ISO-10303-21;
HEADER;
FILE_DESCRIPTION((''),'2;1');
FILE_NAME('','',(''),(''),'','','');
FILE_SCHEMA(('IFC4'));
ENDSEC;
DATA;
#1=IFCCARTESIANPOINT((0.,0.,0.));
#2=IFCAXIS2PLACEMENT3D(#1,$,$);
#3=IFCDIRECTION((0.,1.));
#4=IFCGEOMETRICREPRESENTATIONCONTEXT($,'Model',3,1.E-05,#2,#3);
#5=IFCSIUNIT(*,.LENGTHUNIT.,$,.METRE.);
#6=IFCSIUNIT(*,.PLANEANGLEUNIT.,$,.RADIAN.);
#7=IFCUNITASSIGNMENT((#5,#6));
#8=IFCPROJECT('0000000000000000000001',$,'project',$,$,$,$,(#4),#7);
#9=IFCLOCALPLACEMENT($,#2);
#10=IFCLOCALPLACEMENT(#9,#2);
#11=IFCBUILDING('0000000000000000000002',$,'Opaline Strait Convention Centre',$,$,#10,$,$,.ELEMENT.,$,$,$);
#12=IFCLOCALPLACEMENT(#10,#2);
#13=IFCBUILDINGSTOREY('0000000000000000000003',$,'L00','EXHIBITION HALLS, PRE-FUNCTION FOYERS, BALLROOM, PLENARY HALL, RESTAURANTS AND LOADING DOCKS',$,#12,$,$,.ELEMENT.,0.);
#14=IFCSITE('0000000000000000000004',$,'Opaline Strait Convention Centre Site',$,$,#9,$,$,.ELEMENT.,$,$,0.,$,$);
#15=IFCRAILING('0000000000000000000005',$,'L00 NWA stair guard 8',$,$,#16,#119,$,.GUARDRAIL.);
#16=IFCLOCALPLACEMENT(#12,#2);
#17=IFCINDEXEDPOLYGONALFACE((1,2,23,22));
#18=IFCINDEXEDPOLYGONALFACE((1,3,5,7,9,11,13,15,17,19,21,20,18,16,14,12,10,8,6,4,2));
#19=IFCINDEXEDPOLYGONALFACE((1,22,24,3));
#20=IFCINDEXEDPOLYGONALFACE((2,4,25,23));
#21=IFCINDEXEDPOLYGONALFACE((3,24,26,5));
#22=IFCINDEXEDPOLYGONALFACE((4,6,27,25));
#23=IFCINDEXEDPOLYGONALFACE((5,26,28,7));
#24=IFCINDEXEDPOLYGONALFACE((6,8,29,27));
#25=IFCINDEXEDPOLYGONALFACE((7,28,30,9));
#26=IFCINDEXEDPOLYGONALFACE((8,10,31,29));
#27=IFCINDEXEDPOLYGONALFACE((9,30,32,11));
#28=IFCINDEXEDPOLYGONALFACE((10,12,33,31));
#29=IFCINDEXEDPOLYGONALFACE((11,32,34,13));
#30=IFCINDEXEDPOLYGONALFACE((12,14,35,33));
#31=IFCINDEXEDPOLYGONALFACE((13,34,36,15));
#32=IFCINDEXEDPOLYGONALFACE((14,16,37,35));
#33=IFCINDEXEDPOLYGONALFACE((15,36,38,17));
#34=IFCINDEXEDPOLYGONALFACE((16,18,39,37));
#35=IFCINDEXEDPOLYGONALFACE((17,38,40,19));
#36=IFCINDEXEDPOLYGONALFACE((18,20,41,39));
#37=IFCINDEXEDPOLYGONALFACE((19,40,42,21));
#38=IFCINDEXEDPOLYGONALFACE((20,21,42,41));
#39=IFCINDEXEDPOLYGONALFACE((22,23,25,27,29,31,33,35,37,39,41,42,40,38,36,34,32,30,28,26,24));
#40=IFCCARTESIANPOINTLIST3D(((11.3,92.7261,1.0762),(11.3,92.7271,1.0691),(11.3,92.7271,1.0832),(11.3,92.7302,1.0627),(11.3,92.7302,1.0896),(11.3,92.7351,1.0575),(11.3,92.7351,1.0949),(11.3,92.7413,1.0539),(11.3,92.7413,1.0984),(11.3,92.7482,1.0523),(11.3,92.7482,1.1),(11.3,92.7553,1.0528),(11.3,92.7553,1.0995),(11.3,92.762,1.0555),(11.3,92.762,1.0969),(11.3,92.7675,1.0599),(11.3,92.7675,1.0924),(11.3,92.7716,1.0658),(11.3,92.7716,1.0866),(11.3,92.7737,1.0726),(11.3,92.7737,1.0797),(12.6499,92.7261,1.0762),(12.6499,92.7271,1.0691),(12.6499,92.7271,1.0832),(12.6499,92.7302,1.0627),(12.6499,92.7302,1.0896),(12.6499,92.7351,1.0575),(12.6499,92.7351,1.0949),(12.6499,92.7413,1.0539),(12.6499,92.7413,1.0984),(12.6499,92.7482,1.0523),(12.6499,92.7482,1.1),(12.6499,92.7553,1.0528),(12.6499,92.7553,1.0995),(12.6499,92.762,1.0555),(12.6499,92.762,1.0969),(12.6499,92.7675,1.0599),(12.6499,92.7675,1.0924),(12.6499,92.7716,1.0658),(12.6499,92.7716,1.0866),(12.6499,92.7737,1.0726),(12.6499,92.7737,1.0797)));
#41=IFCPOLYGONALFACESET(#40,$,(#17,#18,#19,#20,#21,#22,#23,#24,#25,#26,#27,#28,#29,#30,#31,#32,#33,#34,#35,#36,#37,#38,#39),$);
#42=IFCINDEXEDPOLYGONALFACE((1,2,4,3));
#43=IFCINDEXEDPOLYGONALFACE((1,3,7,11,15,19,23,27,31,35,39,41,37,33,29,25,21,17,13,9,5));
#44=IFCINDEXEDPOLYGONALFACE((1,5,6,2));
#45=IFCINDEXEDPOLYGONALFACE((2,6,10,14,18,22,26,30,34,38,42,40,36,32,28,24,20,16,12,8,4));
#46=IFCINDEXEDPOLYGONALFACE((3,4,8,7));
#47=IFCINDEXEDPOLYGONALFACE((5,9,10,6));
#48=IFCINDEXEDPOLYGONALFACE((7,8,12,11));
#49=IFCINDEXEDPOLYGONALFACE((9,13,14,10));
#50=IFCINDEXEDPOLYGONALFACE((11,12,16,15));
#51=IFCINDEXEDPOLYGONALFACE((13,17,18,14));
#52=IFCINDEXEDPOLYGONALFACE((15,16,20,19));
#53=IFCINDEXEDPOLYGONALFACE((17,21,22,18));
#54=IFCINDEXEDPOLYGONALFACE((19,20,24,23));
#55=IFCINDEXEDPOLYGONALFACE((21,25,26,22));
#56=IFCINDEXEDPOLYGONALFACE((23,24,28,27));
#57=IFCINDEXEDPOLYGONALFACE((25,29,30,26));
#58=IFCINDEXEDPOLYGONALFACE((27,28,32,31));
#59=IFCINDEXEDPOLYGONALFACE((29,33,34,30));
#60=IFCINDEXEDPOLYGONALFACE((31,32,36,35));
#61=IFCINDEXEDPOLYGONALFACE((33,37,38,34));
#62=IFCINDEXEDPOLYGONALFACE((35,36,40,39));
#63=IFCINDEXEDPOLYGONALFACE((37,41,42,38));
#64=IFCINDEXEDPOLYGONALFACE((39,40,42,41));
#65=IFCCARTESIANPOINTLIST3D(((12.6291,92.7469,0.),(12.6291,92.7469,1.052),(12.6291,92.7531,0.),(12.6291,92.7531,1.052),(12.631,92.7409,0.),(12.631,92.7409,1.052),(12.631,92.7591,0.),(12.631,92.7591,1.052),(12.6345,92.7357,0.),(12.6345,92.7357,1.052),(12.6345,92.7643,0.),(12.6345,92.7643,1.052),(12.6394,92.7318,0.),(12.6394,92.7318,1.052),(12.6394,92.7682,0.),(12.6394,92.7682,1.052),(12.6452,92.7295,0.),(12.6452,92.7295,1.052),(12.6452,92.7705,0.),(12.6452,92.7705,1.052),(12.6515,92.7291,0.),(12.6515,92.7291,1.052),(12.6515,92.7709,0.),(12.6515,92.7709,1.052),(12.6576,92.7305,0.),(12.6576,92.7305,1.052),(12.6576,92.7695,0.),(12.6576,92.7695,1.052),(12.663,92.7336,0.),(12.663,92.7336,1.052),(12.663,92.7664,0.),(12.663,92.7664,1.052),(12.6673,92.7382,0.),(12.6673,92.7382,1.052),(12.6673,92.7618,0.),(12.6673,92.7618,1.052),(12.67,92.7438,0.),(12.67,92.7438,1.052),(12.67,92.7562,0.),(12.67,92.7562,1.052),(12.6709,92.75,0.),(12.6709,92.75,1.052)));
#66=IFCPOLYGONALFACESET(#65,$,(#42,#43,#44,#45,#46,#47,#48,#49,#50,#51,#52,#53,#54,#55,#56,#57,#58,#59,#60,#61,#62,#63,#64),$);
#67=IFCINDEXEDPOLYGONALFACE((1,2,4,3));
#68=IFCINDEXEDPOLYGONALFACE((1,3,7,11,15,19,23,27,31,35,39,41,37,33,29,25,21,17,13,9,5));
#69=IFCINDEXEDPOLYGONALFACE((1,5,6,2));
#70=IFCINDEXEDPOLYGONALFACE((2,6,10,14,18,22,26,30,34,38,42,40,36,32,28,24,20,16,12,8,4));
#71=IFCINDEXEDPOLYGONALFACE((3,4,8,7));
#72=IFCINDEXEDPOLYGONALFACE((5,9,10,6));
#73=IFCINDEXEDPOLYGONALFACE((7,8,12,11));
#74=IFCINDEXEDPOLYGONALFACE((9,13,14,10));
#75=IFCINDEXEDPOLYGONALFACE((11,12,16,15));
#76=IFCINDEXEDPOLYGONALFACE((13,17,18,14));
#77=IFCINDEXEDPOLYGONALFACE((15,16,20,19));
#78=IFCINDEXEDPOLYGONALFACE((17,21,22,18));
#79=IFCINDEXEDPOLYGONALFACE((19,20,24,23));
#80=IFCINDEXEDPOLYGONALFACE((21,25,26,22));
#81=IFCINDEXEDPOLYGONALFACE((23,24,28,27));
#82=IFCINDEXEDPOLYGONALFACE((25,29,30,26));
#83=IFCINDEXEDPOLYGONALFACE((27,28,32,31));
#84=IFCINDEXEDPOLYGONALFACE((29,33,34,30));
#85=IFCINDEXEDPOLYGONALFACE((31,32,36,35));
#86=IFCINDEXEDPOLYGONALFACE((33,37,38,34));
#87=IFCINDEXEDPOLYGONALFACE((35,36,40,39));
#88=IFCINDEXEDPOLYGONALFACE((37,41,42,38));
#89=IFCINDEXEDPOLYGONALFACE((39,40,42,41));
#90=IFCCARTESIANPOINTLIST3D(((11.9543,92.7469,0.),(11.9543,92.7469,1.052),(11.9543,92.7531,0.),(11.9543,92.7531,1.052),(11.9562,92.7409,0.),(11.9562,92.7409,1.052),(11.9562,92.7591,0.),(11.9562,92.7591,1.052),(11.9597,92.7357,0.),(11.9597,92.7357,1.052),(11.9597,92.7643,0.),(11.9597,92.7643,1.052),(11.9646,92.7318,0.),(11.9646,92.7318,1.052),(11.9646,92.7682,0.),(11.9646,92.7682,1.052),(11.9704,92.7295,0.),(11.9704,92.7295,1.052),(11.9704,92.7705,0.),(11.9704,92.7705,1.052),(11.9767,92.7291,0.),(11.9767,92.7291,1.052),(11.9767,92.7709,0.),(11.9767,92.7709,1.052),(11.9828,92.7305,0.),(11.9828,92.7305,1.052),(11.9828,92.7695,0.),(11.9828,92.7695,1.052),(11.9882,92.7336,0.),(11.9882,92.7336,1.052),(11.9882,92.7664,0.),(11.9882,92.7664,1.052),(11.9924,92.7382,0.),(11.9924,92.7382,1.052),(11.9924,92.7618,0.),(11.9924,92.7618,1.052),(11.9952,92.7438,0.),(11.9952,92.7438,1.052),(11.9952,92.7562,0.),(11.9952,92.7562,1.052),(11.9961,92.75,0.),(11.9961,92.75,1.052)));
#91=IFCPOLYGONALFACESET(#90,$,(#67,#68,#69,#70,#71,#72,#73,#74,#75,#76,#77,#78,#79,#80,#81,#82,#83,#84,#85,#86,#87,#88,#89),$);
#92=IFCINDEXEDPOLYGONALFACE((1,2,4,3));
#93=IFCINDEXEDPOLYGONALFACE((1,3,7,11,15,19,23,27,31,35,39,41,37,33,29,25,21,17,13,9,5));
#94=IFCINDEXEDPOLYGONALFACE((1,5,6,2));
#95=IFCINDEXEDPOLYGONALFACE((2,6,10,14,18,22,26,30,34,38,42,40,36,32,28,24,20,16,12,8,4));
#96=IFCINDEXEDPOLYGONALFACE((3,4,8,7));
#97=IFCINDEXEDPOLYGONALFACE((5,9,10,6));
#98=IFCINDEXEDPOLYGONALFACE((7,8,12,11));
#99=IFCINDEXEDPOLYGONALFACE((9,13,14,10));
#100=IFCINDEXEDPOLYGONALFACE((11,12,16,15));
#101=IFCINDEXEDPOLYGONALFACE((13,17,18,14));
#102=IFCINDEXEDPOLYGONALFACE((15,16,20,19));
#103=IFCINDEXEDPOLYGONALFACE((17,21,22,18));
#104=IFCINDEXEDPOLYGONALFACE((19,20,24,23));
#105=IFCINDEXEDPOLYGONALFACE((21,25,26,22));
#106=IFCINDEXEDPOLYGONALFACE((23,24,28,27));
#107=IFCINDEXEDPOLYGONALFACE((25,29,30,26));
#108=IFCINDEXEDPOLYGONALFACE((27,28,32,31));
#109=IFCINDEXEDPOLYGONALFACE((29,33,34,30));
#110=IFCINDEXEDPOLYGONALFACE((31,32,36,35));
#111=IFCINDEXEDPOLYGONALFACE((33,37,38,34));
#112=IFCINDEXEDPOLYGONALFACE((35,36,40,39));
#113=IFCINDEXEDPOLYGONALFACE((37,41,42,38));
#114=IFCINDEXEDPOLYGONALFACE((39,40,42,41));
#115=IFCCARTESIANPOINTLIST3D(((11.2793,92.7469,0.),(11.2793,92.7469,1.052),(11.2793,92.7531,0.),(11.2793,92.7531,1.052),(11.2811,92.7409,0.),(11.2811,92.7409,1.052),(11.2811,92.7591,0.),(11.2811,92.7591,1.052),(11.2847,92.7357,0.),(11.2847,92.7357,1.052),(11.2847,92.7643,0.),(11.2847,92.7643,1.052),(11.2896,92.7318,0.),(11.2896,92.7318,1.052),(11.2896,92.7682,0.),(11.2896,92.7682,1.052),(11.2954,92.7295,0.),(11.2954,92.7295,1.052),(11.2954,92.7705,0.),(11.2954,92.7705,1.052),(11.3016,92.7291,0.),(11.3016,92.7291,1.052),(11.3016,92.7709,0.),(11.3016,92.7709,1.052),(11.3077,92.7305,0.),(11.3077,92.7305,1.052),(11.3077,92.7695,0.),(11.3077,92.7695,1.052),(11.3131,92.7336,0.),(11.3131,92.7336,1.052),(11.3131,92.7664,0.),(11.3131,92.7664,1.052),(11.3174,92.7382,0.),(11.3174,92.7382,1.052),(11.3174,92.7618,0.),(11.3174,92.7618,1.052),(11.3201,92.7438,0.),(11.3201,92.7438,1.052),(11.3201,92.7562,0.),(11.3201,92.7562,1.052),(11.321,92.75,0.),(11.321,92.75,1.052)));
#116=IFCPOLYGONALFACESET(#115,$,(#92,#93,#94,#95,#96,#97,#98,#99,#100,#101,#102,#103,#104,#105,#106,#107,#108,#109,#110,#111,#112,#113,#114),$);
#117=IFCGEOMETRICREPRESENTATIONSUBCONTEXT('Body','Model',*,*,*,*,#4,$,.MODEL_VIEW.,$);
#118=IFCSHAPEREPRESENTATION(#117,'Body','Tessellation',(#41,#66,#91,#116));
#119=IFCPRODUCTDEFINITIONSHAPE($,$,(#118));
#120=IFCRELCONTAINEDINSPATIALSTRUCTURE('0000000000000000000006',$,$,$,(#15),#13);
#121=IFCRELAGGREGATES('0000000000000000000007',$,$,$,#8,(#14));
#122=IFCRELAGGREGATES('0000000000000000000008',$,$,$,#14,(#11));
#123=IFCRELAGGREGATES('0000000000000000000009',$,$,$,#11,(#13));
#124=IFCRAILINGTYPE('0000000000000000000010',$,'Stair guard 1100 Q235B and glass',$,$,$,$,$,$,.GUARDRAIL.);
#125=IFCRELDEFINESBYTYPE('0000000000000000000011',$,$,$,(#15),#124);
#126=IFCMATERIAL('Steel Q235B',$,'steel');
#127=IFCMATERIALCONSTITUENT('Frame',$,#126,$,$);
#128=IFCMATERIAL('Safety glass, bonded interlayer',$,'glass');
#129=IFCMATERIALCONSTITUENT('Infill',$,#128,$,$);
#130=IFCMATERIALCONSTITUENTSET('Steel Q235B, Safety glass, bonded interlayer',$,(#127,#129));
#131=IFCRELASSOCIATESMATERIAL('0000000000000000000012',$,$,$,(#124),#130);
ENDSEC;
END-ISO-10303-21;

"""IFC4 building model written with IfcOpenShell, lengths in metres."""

from ifc_helpers import new_model, si_unit, direction, frame, origin, origin_2d, place, context, subcontext, project, spatial, circle, extrude, material, constituent, constituent_set, type_object, element, save


model = new_model("IFC4")

# Units and contexts
model_context = context("Model", 3, precision=1e-05, world=origin(), true_north=direction((0.0, 1.0)))
body_context = subcontext(model_context, "Body", "Model", "MODEL_VIEW")
ifc_project = project(units=[si_unit("LENGTHUNIT", "METRE"), si_unit("PLANEANGLEUNIT", "RADIAN")], contexts=[model_context])

# Site, building, storey
site_placement = place(None, origin())
site = spatial("IfcSite", under=ifc_project, at=site_placement, Name="Opaline Strait Convention Centre Site", CompositionType="ELEMENT", RefElevation=0.0)
building_placement = place(site_placement, origin())
building = spatial("IfcBuilding", under=site, at=building_placement, Name="Opaline Strait Convention Centre", CompositionType="ELEMENT")
storey_placement = place(building_placement, origin())
storey = spatial("IfcBuildingStorey", under=building, at=storey_placement, Name="L00", Description="EXHIBITION HALLS, PRE-FUNCTION FOYERS, BALLROOM, PLENARY HALL, RESTAURANTS AND LOADING DOCKS", CompositionType="ELEMENT", Elevation=0.0)

# Railing
ifc_material_1 = material(Name="Steel Q235B", Category="steel")
ifc_constituent_1 = constituent(ifc_material_1, Name="Frame")
ifc_material_2 = material(Name="Safety glass, bonded interlayer", Category="glass")
ifc_constituent_2 = constituent(ifc_material_2, Name="Infill")
ifc_constituent_set = constituent_set(constituents=[ifc_constituent_1, ifc_constituent_2], Name="Steel Q235B, Safety glass, bonded interlayer")
railing_type_1 = type_object("IfcRailingType", Name="Stair guard 1100 Q235B and glass", PredefinedType="GUARDRAIL", material=ifc_constituent_set)
railing_1_placement = place(storey_placement, frame((12.6499, 92.75, 0.0)))
element("IfcRailing", 1, at=railing_1_placement, inside=storey, type_object=railing_type_1, Name="L00 NWA stair guard 8", PredefinedType="GUARDRAIL", context=body_context, shape_type="SweptSolid", body=[
    extrude(circle(Radius=0.0239, at=origin_2d()), frame((0.0, 0.0, 1.0762), z_axis=(-1.0, 0.0, 0.0), x_axis=(0.0, -1.0, 0.0)), (0.0, 0.0, 1.0), 1.3499),
    extrude(circle(Radius=0.021, at=origin_2d()), origin(), (0.0, 0.0, 1.0), 1.052),
    extrude(circle(Radius=0.021, at=origin_2d()), frame((-0.6748, 0.0, 0.0)), (0.0, 0.0, 1.0), 1.052),
    extrude(circle(Radius=0.021, at=origin_2d()), frame((-1.3499, 0.0, 0.0)), (0.0, 0.0, 1.0), 1.052),
])

save(model, "model.ifc")
